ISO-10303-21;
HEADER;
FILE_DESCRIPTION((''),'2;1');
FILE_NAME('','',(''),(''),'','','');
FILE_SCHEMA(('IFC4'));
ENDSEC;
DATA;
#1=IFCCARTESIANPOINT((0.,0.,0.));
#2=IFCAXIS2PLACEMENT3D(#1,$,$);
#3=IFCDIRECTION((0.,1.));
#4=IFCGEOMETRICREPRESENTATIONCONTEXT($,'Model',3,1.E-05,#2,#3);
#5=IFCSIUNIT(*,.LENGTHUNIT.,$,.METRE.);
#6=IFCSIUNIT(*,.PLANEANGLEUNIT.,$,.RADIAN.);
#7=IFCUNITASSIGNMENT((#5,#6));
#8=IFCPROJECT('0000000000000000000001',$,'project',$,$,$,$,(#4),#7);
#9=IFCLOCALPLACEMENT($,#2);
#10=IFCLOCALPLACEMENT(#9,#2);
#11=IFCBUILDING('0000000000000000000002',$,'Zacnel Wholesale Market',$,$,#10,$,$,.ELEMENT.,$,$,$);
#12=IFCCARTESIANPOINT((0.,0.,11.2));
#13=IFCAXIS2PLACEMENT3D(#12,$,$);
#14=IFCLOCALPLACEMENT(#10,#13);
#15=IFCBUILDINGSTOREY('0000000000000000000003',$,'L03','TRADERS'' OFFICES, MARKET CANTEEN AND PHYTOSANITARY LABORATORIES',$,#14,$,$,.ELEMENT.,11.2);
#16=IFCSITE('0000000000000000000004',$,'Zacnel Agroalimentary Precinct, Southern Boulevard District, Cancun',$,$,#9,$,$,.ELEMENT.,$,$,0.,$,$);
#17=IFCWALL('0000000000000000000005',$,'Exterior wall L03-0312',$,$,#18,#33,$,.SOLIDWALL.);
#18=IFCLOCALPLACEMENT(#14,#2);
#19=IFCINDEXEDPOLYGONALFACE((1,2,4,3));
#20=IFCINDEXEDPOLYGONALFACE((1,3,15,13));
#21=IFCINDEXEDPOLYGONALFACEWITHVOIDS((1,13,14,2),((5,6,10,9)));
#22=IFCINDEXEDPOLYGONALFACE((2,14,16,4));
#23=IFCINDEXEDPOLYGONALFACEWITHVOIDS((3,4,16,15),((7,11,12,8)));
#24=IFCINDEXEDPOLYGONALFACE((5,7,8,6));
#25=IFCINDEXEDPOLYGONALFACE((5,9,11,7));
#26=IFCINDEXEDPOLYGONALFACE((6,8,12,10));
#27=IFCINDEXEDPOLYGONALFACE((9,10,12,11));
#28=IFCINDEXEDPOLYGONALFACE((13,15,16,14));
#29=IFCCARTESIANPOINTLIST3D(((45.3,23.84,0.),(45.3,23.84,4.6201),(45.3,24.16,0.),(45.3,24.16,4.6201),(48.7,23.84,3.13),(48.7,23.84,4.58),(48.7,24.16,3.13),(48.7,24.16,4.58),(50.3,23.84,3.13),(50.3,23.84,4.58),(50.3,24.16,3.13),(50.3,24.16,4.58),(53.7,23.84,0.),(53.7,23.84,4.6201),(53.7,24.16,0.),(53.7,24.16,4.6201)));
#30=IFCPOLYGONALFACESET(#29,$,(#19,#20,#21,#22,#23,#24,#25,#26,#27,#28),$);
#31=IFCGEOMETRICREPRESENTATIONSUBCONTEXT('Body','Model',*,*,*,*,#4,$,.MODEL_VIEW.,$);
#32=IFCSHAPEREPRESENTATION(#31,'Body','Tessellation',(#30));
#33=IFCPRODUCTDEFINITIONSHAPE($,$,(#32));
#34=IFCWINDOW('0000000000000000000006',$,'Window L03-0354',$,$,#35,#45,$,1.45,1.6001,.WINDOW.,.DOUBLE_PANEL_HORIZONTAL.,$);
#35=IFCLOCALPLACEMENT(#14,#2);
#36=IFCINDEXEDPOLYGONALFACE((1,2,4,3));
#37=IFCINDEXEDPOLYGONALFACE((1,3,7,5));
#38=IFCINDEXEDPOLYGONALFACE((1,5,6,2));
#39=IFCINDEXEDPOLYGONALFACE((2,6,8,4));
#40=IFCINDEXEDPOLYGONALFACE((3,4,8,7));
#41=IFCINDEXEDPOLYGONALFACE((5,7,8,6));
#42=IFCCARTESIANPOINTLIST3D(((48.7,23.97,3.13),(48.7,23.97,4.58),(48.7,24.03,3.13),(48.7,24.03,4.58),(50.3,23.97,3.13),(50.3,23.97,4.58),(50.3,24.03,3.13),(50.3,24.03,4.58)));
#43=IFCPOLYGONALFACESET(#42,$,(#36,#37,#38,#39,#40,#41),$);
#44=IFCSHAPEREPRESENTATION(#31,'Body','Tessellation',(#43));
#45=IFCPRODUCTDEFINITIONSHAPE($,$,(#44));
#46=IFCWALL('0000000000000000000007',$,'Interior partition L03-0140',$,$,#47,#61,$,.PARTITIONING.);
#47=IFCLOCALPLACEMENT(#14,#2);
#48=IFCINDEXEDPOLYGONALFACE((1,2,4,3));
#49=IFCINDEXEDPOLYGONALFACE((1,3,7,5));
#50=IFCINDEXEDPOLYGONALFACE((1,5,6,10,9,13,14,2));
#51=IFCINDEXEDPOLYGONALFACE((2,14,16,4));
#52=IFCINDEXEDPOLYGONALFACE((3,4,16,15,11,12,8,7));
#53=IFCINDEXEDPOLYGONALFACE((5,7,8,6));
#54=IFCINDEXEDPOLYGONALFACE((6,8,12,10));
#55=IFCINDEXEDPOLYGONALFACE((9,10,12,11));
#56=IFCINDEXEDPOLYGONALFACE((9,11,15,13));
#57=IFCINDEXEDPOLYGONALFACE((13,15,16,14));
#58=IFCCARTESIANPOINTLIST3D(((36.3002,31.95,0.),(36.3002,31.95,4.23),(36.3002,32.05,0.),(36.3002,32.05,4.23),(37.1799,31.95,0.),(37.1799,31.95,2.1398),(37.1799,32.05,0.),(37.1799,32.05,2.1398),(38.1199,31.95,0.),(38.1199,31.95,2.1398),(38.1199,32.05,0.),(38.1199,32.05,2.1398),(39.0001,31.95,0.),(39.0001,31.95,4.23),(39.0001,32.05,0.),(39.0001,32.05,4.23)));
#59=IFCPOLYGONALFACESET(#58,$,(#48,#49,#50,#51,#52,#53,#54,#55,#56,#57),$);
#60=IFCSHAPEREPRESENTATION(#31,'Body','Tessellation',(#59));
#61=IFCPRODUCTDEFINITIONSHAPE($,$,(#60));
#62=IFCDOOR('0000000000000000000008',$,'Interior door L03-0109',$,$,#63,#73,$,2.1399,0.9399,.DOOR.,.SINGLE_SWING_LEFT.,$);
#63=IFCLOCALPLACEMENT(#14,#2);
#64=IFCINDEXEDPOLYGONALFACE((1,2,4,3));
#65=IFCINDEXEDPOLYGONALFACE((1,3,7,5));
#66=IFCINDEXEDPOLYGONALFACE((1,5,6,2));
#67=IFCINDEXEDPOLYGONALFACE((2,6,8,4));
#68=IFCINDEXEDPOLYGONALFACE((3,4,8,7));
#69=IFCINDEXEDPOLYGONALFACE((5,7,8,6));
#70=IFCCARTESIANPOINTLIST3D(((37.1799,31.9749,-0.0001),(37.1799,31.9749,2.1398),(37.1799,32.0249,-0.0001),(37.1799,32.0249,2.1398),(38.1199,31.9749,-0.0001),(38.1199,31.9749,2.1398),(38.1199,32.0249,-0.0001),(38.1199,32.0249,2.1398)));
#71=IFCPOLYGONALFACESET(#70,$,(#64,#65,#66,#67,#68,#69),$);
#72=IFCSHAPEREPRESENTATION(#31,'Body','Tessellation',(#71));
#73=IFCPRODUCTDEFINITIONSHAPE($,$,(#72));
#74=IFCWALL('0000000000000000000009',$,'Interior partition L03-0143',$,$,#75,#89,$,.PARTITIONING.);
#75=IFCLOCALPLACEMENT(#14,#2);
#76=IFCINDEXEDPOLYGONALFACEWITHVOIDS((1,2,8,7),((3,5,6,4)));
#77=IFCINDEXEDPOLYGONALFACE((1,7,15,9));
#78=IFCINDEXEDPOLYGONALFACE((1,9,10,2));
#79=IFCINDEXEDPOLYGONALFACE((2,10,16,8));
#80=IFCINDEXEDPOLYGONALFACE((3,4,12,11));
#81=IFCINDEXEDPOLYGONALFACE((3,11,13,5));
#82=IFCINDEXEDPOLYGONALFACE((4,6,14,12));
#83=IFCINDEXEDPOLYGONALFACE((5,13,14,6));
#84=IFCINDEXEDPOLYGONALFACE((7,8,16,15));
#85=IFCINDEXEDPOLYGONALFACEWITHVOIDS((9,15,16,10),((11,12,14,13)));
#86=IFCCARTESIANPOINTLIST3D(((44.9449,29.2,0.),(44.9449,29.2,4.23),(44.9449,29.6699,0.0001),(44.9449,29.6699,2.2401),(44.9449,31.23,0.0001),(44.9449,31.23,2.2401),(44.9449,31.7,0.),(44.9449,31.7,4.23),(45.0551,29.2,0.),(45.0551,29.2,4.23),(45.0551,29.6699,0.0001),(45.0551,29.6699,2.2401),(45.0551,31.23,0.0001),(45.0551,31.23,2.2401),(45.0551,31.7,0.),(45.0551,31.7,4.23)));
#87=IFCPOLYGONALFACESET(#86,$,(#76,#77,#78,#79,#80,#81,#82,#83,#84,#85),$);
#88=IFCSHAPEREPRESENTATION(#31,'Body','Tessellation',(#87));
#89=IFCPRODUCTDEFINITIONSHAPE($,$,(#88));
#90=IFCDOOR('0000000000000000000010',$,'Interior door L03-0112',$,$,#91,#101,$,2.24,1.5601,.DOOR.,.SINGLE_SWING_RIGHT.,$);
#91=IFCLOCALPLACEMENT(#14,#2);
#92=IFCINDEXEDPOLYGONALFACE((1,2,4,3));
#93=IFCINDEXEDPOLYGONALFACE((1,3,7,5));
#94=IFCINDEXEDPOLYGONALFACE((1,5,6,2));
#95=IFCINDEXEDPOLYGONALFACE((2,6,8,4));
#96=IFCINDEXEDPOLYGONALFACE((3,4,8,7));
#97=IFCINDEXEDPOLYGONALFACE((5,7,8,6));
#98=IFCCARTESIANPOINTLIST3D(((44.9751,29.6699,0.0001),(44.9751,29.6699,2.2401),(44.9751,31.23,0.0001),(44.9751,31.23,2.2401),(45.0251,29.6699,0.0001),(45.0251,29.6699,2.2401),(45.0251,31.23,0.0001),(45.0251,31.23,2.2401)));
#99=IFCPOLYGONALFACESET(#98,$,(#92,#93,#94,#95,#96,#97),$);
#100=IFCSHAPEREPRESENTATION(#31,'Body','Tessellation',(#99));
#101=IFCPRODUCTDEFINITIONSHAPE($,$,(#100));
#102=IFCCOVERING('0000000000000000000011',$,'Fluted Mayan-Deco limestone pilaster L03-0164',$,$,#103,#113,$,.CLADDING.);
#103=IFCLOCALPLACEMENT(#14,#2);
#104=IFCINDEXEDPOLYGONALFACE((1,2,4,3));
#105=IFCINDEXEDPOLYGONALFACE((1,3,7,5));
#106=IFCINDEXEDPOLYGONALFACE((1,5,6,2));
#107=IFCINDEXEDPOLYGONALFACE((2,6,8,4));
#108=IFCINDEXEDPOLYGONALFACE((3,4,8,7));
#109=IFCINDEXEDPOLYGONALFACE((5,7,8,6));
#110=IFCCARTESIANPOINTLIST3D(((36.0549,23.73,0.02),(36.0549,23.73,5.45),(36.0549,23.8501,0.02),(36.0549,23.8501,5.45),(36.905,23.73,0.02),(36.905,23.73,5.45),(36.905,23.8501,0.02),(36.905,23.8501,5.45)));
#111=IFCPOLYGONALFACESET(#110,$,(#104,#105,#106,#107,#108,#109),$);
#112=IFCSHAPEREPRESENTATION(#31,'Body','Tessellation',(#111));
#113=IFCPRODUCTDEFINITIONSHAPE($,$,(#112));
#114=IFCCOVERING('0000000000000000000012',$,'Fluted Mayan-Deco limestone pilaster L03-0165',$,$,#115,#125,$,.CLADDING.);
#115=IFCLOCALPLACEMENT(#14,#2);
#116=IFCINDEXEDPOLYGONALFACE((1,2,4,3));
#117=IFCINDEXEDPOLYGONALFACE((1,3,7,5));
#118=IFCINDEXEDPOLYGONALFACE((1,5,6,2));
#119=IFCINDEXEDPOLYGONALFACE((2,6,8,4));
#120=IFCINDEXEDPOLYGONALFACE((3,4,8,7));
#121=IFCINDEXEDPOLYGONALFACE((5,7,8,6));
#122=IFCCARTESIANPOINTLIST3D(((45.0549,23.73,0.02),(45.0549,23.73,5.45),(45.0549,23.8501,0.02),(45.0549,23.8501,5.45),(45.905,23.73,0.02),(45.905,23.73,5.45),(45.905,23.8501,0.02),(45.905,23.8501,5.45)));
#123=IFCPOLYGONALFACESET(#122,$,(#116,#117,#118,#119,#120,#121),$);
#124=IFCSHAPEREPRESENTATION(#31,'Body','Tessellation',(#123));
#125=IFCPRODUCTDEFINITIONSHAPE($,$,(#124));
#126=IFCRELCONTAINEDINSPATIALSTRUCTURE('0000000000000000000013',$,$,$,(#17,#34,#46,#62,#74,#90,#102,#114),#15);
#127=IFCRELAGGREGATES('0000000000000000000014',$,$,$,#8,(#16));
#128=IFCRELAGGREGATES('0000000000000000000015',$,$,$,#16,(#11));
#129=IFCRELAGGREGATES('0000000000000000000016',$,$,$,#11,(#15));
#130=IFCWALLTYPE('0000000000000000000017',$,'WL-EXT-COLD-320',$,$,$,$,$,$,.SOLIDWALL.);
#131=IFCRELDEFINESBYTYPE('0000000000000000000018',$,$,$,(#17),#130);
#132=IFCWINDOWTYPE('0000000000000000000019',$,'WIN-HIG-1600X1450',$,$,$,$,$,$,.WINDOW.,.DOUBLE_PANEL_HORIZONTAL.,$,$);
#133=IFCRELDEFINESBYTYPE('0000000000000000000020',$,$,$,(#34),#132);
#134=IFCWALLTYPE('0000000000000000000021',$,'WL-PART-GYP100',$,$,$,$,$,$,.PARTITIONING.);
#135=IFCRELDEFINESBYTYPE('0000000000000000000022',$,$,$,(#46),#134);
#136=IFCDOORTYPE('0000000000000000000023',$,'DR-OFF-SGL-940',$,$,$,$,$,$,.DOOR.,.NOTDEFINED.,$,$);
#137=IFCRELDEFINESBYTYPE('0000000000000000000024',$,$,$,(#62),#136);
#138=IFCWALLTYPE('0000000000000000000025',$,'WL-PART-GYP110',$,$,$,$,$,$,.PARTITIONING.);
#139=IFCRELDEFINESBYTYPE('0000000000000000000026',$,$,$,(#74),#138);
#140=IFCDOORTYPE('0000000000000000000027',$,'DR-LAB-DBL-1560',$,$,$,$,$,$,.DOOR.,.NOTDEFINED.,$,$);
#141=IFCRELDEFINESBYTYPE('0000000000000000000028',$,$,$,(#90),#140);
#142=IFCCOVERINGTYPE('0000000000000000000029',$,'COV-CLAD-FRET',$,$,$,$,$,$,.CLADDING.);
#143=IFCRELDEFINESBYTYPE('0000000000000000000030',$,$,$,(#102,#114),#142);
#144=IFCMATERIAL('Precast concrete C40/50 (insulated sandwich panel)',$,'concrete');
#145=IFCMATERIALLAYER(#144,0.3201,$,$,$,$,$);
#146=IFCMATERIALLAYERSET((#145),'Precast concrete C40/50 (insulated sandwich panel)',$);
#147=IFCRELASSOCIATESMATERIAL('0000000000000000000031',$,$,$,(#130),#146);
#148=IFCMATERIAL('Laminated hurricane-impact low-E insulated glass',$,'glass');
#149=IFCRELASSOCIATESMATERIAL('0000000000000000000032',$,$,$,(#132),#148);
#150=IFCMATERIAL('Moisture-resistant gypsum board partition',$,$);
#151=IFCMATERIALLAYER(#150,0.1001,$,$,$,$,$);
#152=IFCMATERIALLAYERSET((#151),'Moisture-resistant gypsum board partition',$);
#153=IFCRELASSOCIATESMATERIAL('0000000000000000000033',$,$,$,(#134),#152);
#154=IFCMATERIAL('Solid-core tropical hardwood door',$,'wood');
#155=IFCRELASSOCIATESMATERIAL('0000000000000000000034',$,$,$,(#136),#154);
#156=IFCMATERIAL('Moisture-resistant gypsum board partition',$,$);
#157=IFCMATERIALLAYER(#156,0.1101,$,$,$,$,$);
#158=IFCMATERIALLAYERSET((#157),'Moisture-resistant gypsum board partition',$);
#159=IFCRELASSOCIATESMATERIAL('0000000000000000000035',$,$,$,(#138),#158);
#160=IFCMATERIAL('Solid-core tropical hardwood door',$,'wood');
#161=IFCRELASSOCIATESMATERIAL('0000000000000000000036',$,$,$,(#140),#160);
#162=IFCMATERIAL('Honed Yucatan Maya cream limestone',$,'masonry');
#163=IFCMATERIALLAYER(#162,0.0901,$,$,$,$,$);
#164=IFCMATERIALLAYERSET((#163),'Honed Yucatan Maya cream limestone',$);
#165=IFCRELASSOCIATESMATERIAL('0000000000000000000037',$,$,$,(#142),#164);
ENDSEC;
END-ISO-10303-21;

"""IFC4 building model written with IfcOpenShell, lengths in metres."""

from ifc_helpers import new_model, si_unit, direction, frame, frame_2d, origin, origin_2d, place, context, subcontext, project, spatial, rectangle, extrude, material, layer, layer_set, type_object, element, fill, save


model = new_model("IFC4")

# Units and contexts
model_context = context("Model", 3, precision=1e-05, world=origin(), true_north=direction((0.0, 1.0)))
body_context = subcontext(model_context, "Body", "Model", "MODEL_VIEW")
ifc_project = project(units=[si_unit("LENGTHUNIT", "METRE"), si_unit("PLANEANGLEUNIT", "RADIAN")], contexts=[model_context])

# Site, building, storey
site_placement = place(None, origin())
site = spatial("IfcSite", under=ifc_project, at=site_placement, Name="Zacnel Agroalimentary Precinct, Southern Boulevard District, Cancun", CompositionType="ELEMENT", RefElevation=0.0)
building_placement = place(site_placement, origin())
building = spatial("IfcBuilding", under=site, at=building_placement, Name="Zacnel Wholesale Market", CompositionType="ELEMENT")
storey_placement = place(building_placement, frame((0.0, 0.0, 11.2)))
storey = spatial("IfcBuildingStorey", under=building, at=storey_placement, Name="L03", Description="TRADERS' OFFICES, MARKET CANTEEN AND PHYTOSANITARY LABORATORIES", CompositionType="ELEMENT", Elevation=11.2)

# Shared definitions
ifc_material_1 = material(Name="Precast concrete C40/50 (insulated sandwich panel)", Category="concrete")
ifc_layer_1 = layer(ifc_material_1, 0.3201)
ifc_layer_set_1 = layer_set([ifc_layer_1], Name="Precast concrete C40/50 (insulated sandwich panel)")
wall_type_1 = type_object("IfcWallType", Name="WL-EXT-COLD-320", PredefinedType="SOLIDWALL", material=ifc_layer_set_1)

# Wall, opening, window
wall_1_placement = place(storey_placement, frame((45.3, 24.0, 0.0), z_axis=(0.0, 0.0, 1.0), x_axis=(1.0, 0.0, 0.0)))
wall_1 = element("IfcWall", 1, at=wall_1_placement, inside=storey, type_object=wall_type_1, Name="Exterior wall L03-0312", PredefinedType="SOLIDWALL", context=body_context, shape_type="SweptSolid", body=[
    extrude(rectangle(XDim=8.3999, YDim=0.3201, at=frame_2d((4.2, 0.0))), origin(), (0.0, 0.0, 1.0), 4.6201),
])
opening_1_placement = place(wall_1_placement, frame((3.3999, 0.0, 3.1299)))
opening_1 = element("IfcOpeningElement", 2, at=opening_1_placement, cuts=wall_1, PredefinedType="OPENING", context=body_context, shape_type="SweptSolid", body=[
    extrude(rectangle(XDim=1.6001, YDim=1.45, at=frame_2d((0.8, 0.7251))), frame((0.0, 0.1699, 0.0), z_axis=(0.0, -1.0, 0.0), x_axis=(1.0, 0.0, 0.0)), (0.0, 0.0, 1.0), 0.3401),
])
ifc_material_2 = material(Name="Laminated hurricane-impact low-E insulated glass", Category="glass")
window_type = type_object("IfcWindowType", Name="WIN-HIG-1600X1450", PartitioningType="DOUBLE_PANEL_HORIZONTAL", PredefinedType="WINDOW", material=ifc_material_2)
window_placement = place(opening_1_placement, origin())
window = element("IfcWindow", 3, at=window_placement, inside=storey, type_object=window_type, Name="Window L03-0354", OverallHeight=1.45, OverallWidth=1.6001, PartitioningType="DOUBLE_PANEL_HORIZONTAL", PredefinedType="WINDOW", context=body_context, shape_type="SweptSolid", body=[
    extrude(rectangle(XDim=1.6001, YDim=1.45, at=frame_2d((0.8, 0.7251))), frame((0.0, 0.03, 0.0), z_axis=(0.0, -1.0, 0.0), x_axis=(1.0, 0.0, 0.0)), (0.0, 0.0, 1.0), 0.0601),
])
fill(opening_1, window)

# Walls, openings, doors
ifc_material_3 = material(Name="Moisture-resistant gypsum board partition")
ifc_layer_2 = layer(ifc_material_3, 0.1001)
ifc_layer_set_2 = layer_set([ifc_layer_2], Name="Moisture-resistant gypsum board partition")
wall_type_2 = type_object("IfcWallType", Name="WL-PART-GYP100", PredefinedType="PARTITIONING", material=ifc_layer_set_2)
wall_2_placement = place(storey_placement, frame((36.3, 32.0, 0.0), z_axis=(0.0, 0.0, 1.0), x_axis=(1.0, 0.0, 0.0)))
wall_2 = element("IfcWall", 4, at=wall_2_placement, inside=storey, type_object=wall_type_2, Name="Interior partition L03-0140", PredefinedType="PARTITIONING", context=body_context, shape_type="SweptSolid", body=[
    extrude(rectangle(XDim=2.7, YDim=0.1001, at=frame_2d((1.3501, 0.0))), origin(), (0.0, 0.0, 1.0), 4.23),
])
opening_2_placement = place(wall_2_placement, frame((0.8799, 0.0, 0.0)))
opening_2 = element("IfcOpeningElement", 5, at=opening_2_placement, cuts=wall_2, PredefinedType="OPENING", context=body_context, shape_type="SweptSolid", body=[
    extrude(rectangle(XDim=0.9399, YDim=2.1399, at=frame_2d((0.47, 1.0698))), frame((0.0, 0.0601, 0.0), z_axis=(0.0, -1.0, 0.0), x_axis=(1.0, 0.0, 0.0)), (0.0, 0.0, 1.0), 0.1201),
])
ifc_material_4 = material(Name="Solid-core tropical hardwood door", Category="wood")
door_type_1 = type_object("IfcDoorType", Name="DR-OFF-SGL-940", OperationType="NOTDEFINED", PredefinedType="DOOR", material=ifc_material_4)
door_1_placement = place(opening_2_placement, origin())
door_1 = element("IfcDoor", 6, at=door_1_placement, inside=storey, type_object=door_type_1, Name="Interior door L03-0109", OperationType="SINGLE_SWING_LEFT", OverallHeight=2.1399, OverallWidth=0.9399, PredefinedType="DOOR", context=body_context, shape_type="SweptSolid", body=[
    extrude(rectangle(XDim=0.9399, YDim=2.1399, at=frame_2d((0.47, 1.0698))), frame((0.0, 0.0249, 0.0), z_axis=(0.0, -1.0, 0.0), x_axis=(1.0, 0.0, 0.0)), (0.0, 0.0, 1.0), 0.05),
])
fill(opening_2, door_1)
ifc_material_5 = material(Name="Moisture-resistant gypsum board partition")
ifc_layer_3 = layer(ifc_material_5, 0.1101)
ifc_layer_set_3 = layer_set([ifc_layer_3], Name="Moisture-resistant gypsum board partition")
wall_type_3 = type_object("IfcWallType", Name="WL-PART-GYP110", PredefinedType="PARTITIONING", material=ifc_layer_set_3)
wall_3_placement = place(storey_placement, frame((45.0, 29.2, 0.0), z_axis=(0.0, 0.0, 1.0), x_axis=(0.0, 1.0, 0.0)))
wall_3 = element("IfcWall", 7, at=wall_3_placement, inside=storey, type_object=wall_type_3, Name="Interior partition L03-0143", PredefinedType="PARTITIONING", context=body_context, shape_type="SweptSolid", body=[
    extrude(rectangle(XDim=2.5, YDim=0.1101, at=frame_2d((1.25, 0.0))), origin(), (0.0, 0.0, 1.0), 4.23),
])
opening_3_placement = place(wall_3_placement, frame((0.47, 0.0, 0.0)))
opening_3 = element("IfcOpeningElement", 8, at=opening_3_placement, cuts=wall_3, PredefinedType="OPENING", context=body_context, shape_type="SweptSolid", body=[
    extrude(rectangle(XDim=1.5601, YDim=2.24, at=frame_2d((0.78, 1.1201))), frame((0.0, 0.0649, 0.0), z_axis=(0.0, -1.0, 0.0), x_axis=(1.0, 0.0, 0.0)), (0.0, 0.0, 1.0), 0.1301),
])
ifc_material_6 = material(Name="Solid-core tropical hardwood door", Category="wood")
door_type_2 = type_object("IfcDoorType", Name="DR-LAB-DBL-1560", OperationType="NOTDEFINED", PredefinedType="DOOR", material=ifc_material_6)
door_2_placement = place(opening_3_placement, origin())
door_2 = element("IfcDoor", 9, at=door_2_placement, inside=storey, type_object=door_type_2, Name="Interior door L03-0112", OperationType="SINGLE_SWING_RIGHT", OverallHeight=2.24, OverallWidth=1.5601, PredefinedType="DOOR", context=body_context, shape_type="SweptSolid", body=[
    extrude(rectangle(XDim=1.5601, YDim=2.24, at=frame_2d((0.78, 1.1201))), frame((0.0, 0.0249, 0.0), z_axis=(0.0, -1.0, 0.0), x_axis=(1.0, 0.0, 0.0)), (0.0, 0.0, 1.0), 0.05),
])
fill(opening_3, door_2)

# Coverings
ifc_material_7 = material(Name="Honed Yucatan Maya cream limestone", Category="masonry")
ifc_layer_4 = layer(ifc_material_7, 0.0901)
ifc_layer_set_4 = layer_set([ifc_layer_4], Name="Honed Yucatan Maya cream limestone")
covering_type = type_object("IfcCoveringType", Name="COV-CLAD-FRET", PredefinedType="CLADDING", material=ifc_layer_set_4)
for number, where, z_axis, x_axis, name in (
    (10, (36.48, 23.79, 0.02), (0.0, 0.0, 1.0), (1.0, 0.0, 0.0), "Fluted Mayan-Deco limestone pilaster L03-0164"),
    (11, (45.48, 23.79, 0.02), (0.0, 0.0, 1.0), (1.0, 0.0, 0.0), "Fluted Mayan-Deco limestone pilaster L03-0165"),
):
    element("IfcCovering", number, at=place(storey_placement, frame(where, z_axis=z_axis, x_axis=x_axis)), inside=storey, type_object=covering_type, Name=name, PredefinedType="CLADDING", context=body_context, shape_type="SweptSolid", body=[
        extrude(rectangle(XDim=0.8501, YDim=0.1201, at=origin_2d()), origin(), (0.0, 0.0, 1.0), 5.4299),
    ])

save(model, "model.ifc")
